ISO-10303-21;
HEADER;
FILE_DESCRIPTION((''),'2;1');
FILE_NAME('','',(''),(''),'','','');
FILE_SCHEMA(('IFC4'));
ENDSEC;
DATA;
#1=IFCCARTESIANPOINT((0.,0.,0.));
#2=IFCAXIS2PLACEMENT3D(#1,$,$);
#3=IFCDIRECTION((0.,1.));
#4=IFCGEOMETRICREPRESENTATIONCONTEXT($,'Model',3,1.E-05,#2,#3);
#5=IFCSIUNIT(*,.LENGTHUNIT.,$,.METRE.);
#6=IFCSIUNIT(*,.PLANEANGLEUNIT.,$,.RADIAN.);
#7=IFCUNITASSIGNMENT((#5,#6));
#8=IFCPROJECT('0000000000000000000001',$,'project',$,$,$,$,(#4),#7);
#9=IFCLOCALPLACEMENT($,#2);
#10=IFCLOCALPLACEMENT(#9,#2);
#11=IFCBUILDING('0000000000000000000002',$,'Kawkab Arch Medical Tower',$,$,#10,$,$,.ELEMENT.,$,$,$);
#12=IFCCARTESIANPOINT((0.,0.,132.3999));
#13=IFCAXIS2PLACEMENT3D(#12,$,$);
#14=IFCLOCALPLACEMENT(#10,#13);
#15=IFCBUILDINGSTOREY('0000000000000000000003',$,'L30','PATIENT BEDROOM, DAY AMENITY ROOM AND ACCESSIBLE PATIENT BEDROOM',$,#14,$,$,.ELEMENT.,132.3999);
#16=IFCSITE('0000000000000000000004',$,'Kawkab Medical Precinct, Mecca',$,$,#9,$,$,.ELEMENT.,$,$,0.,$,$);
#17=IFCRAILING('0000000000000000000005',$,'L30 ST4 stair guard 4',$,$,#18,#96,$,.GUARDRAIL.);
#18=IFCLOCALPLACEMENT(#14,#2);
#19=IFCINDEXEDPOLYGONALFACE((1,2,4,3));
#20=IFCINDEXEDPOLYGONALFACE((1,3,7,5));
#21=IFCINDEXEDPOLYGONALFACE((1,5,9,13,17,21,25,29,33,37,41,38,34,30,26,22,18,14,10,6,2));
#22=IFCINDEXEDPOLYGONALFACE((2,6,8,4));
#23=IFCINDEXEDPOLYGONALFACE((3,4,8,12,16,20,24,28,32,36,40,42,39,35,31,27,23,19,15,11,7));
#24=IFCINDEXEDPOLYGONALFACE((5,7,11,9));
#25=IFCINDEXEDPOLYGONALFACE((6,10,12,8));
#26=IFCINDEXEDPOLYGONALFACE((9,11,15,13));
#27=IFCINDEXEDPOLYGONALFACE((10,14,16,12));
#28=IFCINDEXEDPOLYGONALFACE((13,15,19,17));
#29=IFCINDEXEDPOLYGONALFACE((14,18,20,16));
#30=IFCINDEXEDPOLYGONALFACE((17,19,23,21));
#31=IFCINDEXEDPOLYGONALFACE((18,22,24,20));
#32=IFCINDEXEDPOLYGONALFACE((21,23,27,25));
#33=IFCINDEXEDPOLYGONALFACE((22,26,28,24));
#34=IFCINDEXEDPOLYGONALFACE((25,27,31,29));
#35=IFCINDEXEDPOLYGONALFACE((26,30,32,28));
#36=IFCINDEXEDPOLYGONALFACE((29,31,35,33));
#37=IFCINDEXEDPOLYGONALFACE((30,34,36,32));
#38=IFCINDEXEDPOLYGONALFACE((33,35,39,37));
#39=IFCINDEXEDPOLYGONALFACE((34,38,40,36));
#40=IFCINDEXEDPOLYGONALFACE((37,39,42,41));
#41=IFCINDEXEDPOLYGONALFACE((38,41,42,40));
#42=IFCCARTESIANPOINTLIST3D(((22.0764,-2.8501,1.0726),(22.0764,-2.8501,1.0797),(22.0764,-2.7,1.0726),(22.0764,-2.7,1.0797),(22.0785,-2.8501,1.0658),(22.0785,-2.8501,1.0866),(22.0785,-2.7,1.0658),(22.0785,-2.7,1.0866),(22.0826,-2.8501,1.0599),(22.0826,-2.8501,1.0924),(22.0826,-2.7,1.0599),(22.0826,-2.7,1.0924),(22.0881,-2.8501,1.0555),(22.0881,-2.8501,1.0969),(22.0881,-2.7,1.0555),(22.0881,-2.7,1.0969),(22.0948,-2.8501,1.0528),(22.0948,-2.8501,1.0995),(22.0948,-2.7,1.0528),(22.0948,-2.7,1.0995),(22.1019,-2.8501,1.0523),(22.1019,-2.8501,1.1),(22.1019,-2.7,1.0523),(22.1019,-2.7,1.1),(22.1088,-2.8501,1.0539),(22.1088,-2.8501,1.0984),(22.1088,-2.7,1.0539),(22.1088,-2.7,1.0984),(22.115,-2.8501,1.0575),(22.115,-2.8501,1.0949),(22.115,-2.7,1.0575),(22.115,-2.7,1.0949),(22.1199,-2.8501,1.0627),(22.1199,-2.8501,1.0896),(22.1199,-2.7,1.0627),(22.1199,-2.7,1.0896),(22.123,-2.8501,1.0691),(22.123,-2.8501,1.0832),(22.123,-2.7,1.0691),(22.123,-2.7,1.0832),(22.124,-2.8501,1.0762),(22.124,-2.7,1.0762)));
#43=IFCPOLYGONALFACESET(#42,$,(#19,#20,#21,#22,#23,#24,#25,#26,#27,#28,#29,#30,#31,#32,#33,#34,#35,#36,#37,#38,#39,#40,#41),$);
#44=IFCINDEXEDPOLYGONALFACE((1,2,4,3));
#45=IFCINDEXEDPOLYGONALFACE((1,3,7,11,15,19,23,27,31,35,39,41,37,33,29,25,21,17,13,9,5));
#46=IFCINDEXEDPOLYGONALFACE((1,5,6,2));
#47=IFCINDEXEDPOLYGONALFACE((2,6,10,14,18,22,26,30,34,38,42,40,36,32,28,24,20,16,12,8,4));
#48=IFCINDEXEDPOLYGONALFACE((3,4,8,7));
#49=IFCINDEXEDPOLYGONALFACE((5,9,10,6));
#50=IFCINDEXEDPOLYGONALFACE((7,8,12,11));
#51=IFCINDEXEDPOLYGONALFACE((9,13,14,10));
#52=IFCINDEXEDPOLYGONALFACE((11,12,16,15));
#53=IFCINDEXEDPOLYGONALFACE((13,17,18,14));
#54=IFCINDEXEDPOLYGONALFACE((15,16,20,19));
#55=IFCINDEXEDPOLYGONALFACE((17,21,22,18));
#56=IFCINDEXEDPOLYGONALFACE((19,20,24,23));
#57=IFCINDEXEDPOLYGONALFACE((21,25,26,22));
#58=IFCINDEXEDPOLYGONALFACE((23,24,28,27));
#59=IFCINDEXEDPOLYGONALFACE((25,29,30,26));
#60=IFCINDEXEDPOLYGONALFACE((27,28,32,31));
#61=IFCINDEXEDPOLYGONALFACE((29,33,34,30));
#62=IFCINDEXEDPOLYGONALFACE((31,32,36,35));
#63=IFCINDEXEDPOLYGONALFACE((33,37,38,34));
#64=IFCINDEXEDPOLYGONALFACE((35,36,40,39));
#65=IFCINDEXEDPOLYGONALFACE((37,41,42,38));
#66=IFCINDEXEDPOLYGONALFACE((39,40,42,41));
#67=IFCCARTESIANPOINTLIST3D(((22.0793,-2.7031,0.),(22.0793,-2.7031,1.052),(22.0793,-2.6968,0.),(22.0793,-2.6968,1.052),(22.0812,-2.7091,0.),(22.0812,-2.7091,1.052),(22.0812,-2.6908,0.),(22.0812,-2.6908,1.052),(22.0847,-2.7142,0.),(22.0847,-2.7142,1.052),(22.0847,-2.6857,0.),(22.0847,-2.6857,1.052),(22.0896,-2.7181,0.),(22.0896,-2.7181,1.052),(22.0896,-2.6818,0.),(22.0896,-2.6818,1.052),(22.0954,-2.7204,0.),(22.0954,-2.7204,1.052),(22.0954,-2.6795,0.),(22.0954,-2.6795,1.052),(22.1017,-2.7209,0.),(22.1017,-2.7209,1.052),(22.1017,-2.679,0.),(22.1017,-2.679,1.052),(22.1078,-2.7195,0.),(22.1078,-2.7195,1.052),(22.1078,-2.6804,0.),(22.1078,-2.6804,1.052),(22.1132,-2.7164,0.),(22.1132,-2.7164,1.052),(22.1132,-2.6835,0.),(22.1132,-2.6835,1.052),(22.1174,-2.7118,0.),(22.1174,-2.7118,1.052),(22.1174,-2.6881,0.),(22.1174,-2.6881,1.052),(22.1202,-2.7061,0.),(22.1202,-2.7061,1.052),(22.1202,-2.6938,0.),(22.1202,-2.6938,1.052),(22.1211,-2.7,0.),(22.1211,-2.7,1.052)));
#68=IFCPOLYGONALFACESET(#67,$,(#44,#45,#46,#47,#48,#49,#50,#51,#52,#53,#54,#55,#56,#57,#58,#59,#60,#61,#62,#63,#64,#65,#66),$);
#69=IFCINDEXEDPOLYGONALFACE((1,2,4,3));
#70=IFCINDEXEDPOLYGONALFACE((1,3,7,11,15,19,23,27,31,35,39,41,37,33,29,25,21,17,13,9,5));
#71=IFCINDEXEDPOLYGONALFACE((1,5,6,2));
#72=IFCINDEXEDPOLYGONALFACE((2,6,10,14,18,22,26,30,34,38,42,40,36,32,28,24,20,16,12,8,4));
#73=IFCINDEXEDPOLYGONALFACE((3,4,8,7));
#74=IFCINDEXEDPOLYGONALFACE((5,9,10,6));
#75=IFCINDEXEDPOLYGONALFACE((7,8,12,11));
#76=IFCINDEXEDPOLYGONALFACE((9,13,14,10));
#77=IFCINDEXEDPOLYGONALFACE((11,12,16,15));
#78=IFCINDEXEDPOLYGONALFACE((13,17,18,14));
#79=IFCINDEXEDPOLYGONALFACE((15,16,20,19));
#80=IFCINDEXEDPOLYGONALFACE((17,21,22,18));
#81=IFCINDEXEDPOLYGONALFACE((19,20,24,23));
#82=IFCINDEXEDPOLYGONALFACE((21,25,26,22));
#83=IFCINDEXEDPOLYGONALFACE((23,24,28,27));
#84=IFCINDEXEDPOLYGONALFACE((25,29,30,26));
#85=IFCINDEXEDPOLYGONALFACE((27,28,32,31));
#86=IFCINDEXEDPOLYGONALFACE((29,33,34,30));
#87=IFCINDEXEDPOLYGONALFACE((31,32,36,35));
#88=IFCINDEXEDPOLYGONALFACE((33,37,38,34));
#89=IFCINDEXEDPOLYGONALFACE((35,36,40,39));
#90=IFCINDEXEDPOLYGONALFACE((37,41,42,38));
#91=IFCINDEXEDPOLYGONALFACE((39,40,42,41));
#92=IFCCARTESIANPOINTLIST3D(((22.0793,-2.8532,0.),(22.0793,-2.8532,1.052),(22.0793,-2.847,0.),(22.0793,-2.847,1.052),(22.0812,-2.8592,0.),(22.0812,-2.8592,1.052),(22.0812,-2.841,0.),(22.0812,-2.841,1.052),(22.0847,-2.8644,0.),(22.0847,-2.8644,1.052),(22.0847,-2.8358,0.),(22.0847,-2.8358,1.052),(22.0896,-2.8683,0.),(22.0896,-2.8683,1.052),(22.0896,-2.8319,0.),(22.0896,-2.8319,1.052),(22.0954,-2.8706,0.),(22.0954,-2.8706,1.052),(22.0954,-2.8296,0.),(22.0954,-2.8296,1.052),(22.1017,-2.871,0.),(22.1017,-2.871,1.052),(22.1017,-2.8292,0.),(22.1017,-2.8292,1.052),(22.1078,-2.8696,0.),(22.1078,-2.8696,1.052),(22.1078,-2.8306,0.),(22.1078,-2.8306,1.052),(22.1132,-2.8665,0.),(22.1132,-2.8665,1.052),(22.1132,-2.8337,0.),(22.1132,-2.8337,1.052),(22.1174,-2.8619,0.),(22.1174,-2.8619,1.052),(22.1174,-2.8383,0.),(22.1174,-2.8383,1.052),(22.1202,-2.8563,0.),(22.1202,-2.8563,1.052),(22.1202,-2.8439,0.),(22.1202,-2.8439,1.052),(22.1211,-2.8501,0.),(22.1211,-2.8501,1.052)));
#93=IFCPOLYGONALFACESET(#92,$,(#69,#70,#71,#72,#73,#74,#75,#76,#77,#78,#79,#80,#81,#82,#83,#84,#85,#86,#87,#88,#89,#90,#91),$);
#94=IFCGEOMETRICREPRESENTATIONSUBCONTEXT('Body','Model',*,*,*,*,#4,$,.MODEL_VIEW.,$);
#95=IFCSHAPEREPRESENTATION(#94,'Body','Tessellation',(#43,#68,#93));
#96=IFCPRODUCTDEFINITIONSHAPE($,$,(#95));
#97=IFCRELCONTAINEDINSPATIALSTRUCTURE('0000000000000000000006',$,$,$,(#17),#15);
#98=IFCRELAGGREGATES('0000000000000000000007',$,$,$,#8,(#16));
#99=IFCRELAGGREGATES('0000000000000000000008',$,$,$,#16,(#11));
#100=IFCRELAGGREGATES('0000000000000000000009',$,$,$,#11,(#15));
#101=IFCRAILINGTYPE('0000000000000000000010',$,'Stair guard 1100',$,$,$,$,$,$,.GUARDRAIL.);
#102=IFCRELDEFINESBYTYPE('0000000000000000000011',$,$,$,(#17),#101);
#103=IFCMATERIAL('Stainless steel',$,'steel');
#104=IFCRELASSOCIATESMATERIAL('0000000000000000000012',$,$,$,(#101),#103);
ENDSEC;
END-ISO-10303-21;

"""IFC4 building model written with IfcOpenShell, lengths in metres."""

from ifc_helpers import new_model, si_unit, direction, frame, origin, origin_2d, place, context, subcontext, project, spatial, circle, extrude, material, type_object, element, save


model = new_model("IFC4")

# Units and contexts
model_context = context("Model", 3, precision=1e-05, world=origin(), true_north=direction((0.0, 1.0)))
body_context = subcontext(model_context, "Body", "Model", "MODEL_VIEW")
ifc_project = project(units=[si_unit("LENGTHUNIT", "METRE"), si_unit("PLANEANGLEUNIT", "RADIAN")], contexts=[model_context])

# Site, building, storey
site_placement = place(None, origin())
site = spatial("IfcSite", under=ifc_project, at=site_placement, Name="Kawkab Medical Precinct, Mecca", CompositionType="ELEMENT", RefElevation=0.0)
building_placement = place(site_placement, origin())
building = spatial("IfcBuilding", under=site, at=building_placement, Name="Kawkab Arch Medical Tower", CompositionType="ELEMENT")
storey_placement = place(building_placement, frame((0.0, 0.0, 132.3999)))
storey = spatial("IfcBuildingStorey", under=building, at=storey_placement, Name="L30", Description="PATIENT BEDROOM, DAY AMENITY ROOM AND ACCESSIBLE PATIENT BEDROOM", CompositionType="ELEMENT", Elevation=132.3999)

# Railing
ifc_material_1 = material(Name="Stainless steel", Category="steel")
railing_type_1 = type_object("IfcRailingType", Name="Stair guard 1100", PredefinedType="GUARDRAIL", material=ifc_material_1)
railing_1_placement = place(storey_placement, frame((22.1001, -2.7, 0.0)))
element("IfcRailing", 1, at=railing_1_placement, inside=storey, type_object=railing_type_1, Name="L30 ST4 stair guard 4", PredefinedType="GUARDRAIL", context=body_context, shape_type="SweptSolid", body=[
    extrude(circle(Radius=0.0239, at=origin_2d()), frame((0.0, 0.0, 1.0762), z_axis=(0.0, -1.0, 0.0), x_axis=(1.0, 0.0, 0.0)), (0.0, 0.0, 1.0), 0.1501),
    extrude(circle(Radius=0.021, at=origin_2d()), origin(), (0.0, 0.0, 1.0), 1.052),
    extrude(circle(Radius=0.021, at=origin_2d()), frame((0.0, -0.1501, 0.0)), (0.0, 0.0, 1.0), 1.052),
])

save(model, "model.ifc")
